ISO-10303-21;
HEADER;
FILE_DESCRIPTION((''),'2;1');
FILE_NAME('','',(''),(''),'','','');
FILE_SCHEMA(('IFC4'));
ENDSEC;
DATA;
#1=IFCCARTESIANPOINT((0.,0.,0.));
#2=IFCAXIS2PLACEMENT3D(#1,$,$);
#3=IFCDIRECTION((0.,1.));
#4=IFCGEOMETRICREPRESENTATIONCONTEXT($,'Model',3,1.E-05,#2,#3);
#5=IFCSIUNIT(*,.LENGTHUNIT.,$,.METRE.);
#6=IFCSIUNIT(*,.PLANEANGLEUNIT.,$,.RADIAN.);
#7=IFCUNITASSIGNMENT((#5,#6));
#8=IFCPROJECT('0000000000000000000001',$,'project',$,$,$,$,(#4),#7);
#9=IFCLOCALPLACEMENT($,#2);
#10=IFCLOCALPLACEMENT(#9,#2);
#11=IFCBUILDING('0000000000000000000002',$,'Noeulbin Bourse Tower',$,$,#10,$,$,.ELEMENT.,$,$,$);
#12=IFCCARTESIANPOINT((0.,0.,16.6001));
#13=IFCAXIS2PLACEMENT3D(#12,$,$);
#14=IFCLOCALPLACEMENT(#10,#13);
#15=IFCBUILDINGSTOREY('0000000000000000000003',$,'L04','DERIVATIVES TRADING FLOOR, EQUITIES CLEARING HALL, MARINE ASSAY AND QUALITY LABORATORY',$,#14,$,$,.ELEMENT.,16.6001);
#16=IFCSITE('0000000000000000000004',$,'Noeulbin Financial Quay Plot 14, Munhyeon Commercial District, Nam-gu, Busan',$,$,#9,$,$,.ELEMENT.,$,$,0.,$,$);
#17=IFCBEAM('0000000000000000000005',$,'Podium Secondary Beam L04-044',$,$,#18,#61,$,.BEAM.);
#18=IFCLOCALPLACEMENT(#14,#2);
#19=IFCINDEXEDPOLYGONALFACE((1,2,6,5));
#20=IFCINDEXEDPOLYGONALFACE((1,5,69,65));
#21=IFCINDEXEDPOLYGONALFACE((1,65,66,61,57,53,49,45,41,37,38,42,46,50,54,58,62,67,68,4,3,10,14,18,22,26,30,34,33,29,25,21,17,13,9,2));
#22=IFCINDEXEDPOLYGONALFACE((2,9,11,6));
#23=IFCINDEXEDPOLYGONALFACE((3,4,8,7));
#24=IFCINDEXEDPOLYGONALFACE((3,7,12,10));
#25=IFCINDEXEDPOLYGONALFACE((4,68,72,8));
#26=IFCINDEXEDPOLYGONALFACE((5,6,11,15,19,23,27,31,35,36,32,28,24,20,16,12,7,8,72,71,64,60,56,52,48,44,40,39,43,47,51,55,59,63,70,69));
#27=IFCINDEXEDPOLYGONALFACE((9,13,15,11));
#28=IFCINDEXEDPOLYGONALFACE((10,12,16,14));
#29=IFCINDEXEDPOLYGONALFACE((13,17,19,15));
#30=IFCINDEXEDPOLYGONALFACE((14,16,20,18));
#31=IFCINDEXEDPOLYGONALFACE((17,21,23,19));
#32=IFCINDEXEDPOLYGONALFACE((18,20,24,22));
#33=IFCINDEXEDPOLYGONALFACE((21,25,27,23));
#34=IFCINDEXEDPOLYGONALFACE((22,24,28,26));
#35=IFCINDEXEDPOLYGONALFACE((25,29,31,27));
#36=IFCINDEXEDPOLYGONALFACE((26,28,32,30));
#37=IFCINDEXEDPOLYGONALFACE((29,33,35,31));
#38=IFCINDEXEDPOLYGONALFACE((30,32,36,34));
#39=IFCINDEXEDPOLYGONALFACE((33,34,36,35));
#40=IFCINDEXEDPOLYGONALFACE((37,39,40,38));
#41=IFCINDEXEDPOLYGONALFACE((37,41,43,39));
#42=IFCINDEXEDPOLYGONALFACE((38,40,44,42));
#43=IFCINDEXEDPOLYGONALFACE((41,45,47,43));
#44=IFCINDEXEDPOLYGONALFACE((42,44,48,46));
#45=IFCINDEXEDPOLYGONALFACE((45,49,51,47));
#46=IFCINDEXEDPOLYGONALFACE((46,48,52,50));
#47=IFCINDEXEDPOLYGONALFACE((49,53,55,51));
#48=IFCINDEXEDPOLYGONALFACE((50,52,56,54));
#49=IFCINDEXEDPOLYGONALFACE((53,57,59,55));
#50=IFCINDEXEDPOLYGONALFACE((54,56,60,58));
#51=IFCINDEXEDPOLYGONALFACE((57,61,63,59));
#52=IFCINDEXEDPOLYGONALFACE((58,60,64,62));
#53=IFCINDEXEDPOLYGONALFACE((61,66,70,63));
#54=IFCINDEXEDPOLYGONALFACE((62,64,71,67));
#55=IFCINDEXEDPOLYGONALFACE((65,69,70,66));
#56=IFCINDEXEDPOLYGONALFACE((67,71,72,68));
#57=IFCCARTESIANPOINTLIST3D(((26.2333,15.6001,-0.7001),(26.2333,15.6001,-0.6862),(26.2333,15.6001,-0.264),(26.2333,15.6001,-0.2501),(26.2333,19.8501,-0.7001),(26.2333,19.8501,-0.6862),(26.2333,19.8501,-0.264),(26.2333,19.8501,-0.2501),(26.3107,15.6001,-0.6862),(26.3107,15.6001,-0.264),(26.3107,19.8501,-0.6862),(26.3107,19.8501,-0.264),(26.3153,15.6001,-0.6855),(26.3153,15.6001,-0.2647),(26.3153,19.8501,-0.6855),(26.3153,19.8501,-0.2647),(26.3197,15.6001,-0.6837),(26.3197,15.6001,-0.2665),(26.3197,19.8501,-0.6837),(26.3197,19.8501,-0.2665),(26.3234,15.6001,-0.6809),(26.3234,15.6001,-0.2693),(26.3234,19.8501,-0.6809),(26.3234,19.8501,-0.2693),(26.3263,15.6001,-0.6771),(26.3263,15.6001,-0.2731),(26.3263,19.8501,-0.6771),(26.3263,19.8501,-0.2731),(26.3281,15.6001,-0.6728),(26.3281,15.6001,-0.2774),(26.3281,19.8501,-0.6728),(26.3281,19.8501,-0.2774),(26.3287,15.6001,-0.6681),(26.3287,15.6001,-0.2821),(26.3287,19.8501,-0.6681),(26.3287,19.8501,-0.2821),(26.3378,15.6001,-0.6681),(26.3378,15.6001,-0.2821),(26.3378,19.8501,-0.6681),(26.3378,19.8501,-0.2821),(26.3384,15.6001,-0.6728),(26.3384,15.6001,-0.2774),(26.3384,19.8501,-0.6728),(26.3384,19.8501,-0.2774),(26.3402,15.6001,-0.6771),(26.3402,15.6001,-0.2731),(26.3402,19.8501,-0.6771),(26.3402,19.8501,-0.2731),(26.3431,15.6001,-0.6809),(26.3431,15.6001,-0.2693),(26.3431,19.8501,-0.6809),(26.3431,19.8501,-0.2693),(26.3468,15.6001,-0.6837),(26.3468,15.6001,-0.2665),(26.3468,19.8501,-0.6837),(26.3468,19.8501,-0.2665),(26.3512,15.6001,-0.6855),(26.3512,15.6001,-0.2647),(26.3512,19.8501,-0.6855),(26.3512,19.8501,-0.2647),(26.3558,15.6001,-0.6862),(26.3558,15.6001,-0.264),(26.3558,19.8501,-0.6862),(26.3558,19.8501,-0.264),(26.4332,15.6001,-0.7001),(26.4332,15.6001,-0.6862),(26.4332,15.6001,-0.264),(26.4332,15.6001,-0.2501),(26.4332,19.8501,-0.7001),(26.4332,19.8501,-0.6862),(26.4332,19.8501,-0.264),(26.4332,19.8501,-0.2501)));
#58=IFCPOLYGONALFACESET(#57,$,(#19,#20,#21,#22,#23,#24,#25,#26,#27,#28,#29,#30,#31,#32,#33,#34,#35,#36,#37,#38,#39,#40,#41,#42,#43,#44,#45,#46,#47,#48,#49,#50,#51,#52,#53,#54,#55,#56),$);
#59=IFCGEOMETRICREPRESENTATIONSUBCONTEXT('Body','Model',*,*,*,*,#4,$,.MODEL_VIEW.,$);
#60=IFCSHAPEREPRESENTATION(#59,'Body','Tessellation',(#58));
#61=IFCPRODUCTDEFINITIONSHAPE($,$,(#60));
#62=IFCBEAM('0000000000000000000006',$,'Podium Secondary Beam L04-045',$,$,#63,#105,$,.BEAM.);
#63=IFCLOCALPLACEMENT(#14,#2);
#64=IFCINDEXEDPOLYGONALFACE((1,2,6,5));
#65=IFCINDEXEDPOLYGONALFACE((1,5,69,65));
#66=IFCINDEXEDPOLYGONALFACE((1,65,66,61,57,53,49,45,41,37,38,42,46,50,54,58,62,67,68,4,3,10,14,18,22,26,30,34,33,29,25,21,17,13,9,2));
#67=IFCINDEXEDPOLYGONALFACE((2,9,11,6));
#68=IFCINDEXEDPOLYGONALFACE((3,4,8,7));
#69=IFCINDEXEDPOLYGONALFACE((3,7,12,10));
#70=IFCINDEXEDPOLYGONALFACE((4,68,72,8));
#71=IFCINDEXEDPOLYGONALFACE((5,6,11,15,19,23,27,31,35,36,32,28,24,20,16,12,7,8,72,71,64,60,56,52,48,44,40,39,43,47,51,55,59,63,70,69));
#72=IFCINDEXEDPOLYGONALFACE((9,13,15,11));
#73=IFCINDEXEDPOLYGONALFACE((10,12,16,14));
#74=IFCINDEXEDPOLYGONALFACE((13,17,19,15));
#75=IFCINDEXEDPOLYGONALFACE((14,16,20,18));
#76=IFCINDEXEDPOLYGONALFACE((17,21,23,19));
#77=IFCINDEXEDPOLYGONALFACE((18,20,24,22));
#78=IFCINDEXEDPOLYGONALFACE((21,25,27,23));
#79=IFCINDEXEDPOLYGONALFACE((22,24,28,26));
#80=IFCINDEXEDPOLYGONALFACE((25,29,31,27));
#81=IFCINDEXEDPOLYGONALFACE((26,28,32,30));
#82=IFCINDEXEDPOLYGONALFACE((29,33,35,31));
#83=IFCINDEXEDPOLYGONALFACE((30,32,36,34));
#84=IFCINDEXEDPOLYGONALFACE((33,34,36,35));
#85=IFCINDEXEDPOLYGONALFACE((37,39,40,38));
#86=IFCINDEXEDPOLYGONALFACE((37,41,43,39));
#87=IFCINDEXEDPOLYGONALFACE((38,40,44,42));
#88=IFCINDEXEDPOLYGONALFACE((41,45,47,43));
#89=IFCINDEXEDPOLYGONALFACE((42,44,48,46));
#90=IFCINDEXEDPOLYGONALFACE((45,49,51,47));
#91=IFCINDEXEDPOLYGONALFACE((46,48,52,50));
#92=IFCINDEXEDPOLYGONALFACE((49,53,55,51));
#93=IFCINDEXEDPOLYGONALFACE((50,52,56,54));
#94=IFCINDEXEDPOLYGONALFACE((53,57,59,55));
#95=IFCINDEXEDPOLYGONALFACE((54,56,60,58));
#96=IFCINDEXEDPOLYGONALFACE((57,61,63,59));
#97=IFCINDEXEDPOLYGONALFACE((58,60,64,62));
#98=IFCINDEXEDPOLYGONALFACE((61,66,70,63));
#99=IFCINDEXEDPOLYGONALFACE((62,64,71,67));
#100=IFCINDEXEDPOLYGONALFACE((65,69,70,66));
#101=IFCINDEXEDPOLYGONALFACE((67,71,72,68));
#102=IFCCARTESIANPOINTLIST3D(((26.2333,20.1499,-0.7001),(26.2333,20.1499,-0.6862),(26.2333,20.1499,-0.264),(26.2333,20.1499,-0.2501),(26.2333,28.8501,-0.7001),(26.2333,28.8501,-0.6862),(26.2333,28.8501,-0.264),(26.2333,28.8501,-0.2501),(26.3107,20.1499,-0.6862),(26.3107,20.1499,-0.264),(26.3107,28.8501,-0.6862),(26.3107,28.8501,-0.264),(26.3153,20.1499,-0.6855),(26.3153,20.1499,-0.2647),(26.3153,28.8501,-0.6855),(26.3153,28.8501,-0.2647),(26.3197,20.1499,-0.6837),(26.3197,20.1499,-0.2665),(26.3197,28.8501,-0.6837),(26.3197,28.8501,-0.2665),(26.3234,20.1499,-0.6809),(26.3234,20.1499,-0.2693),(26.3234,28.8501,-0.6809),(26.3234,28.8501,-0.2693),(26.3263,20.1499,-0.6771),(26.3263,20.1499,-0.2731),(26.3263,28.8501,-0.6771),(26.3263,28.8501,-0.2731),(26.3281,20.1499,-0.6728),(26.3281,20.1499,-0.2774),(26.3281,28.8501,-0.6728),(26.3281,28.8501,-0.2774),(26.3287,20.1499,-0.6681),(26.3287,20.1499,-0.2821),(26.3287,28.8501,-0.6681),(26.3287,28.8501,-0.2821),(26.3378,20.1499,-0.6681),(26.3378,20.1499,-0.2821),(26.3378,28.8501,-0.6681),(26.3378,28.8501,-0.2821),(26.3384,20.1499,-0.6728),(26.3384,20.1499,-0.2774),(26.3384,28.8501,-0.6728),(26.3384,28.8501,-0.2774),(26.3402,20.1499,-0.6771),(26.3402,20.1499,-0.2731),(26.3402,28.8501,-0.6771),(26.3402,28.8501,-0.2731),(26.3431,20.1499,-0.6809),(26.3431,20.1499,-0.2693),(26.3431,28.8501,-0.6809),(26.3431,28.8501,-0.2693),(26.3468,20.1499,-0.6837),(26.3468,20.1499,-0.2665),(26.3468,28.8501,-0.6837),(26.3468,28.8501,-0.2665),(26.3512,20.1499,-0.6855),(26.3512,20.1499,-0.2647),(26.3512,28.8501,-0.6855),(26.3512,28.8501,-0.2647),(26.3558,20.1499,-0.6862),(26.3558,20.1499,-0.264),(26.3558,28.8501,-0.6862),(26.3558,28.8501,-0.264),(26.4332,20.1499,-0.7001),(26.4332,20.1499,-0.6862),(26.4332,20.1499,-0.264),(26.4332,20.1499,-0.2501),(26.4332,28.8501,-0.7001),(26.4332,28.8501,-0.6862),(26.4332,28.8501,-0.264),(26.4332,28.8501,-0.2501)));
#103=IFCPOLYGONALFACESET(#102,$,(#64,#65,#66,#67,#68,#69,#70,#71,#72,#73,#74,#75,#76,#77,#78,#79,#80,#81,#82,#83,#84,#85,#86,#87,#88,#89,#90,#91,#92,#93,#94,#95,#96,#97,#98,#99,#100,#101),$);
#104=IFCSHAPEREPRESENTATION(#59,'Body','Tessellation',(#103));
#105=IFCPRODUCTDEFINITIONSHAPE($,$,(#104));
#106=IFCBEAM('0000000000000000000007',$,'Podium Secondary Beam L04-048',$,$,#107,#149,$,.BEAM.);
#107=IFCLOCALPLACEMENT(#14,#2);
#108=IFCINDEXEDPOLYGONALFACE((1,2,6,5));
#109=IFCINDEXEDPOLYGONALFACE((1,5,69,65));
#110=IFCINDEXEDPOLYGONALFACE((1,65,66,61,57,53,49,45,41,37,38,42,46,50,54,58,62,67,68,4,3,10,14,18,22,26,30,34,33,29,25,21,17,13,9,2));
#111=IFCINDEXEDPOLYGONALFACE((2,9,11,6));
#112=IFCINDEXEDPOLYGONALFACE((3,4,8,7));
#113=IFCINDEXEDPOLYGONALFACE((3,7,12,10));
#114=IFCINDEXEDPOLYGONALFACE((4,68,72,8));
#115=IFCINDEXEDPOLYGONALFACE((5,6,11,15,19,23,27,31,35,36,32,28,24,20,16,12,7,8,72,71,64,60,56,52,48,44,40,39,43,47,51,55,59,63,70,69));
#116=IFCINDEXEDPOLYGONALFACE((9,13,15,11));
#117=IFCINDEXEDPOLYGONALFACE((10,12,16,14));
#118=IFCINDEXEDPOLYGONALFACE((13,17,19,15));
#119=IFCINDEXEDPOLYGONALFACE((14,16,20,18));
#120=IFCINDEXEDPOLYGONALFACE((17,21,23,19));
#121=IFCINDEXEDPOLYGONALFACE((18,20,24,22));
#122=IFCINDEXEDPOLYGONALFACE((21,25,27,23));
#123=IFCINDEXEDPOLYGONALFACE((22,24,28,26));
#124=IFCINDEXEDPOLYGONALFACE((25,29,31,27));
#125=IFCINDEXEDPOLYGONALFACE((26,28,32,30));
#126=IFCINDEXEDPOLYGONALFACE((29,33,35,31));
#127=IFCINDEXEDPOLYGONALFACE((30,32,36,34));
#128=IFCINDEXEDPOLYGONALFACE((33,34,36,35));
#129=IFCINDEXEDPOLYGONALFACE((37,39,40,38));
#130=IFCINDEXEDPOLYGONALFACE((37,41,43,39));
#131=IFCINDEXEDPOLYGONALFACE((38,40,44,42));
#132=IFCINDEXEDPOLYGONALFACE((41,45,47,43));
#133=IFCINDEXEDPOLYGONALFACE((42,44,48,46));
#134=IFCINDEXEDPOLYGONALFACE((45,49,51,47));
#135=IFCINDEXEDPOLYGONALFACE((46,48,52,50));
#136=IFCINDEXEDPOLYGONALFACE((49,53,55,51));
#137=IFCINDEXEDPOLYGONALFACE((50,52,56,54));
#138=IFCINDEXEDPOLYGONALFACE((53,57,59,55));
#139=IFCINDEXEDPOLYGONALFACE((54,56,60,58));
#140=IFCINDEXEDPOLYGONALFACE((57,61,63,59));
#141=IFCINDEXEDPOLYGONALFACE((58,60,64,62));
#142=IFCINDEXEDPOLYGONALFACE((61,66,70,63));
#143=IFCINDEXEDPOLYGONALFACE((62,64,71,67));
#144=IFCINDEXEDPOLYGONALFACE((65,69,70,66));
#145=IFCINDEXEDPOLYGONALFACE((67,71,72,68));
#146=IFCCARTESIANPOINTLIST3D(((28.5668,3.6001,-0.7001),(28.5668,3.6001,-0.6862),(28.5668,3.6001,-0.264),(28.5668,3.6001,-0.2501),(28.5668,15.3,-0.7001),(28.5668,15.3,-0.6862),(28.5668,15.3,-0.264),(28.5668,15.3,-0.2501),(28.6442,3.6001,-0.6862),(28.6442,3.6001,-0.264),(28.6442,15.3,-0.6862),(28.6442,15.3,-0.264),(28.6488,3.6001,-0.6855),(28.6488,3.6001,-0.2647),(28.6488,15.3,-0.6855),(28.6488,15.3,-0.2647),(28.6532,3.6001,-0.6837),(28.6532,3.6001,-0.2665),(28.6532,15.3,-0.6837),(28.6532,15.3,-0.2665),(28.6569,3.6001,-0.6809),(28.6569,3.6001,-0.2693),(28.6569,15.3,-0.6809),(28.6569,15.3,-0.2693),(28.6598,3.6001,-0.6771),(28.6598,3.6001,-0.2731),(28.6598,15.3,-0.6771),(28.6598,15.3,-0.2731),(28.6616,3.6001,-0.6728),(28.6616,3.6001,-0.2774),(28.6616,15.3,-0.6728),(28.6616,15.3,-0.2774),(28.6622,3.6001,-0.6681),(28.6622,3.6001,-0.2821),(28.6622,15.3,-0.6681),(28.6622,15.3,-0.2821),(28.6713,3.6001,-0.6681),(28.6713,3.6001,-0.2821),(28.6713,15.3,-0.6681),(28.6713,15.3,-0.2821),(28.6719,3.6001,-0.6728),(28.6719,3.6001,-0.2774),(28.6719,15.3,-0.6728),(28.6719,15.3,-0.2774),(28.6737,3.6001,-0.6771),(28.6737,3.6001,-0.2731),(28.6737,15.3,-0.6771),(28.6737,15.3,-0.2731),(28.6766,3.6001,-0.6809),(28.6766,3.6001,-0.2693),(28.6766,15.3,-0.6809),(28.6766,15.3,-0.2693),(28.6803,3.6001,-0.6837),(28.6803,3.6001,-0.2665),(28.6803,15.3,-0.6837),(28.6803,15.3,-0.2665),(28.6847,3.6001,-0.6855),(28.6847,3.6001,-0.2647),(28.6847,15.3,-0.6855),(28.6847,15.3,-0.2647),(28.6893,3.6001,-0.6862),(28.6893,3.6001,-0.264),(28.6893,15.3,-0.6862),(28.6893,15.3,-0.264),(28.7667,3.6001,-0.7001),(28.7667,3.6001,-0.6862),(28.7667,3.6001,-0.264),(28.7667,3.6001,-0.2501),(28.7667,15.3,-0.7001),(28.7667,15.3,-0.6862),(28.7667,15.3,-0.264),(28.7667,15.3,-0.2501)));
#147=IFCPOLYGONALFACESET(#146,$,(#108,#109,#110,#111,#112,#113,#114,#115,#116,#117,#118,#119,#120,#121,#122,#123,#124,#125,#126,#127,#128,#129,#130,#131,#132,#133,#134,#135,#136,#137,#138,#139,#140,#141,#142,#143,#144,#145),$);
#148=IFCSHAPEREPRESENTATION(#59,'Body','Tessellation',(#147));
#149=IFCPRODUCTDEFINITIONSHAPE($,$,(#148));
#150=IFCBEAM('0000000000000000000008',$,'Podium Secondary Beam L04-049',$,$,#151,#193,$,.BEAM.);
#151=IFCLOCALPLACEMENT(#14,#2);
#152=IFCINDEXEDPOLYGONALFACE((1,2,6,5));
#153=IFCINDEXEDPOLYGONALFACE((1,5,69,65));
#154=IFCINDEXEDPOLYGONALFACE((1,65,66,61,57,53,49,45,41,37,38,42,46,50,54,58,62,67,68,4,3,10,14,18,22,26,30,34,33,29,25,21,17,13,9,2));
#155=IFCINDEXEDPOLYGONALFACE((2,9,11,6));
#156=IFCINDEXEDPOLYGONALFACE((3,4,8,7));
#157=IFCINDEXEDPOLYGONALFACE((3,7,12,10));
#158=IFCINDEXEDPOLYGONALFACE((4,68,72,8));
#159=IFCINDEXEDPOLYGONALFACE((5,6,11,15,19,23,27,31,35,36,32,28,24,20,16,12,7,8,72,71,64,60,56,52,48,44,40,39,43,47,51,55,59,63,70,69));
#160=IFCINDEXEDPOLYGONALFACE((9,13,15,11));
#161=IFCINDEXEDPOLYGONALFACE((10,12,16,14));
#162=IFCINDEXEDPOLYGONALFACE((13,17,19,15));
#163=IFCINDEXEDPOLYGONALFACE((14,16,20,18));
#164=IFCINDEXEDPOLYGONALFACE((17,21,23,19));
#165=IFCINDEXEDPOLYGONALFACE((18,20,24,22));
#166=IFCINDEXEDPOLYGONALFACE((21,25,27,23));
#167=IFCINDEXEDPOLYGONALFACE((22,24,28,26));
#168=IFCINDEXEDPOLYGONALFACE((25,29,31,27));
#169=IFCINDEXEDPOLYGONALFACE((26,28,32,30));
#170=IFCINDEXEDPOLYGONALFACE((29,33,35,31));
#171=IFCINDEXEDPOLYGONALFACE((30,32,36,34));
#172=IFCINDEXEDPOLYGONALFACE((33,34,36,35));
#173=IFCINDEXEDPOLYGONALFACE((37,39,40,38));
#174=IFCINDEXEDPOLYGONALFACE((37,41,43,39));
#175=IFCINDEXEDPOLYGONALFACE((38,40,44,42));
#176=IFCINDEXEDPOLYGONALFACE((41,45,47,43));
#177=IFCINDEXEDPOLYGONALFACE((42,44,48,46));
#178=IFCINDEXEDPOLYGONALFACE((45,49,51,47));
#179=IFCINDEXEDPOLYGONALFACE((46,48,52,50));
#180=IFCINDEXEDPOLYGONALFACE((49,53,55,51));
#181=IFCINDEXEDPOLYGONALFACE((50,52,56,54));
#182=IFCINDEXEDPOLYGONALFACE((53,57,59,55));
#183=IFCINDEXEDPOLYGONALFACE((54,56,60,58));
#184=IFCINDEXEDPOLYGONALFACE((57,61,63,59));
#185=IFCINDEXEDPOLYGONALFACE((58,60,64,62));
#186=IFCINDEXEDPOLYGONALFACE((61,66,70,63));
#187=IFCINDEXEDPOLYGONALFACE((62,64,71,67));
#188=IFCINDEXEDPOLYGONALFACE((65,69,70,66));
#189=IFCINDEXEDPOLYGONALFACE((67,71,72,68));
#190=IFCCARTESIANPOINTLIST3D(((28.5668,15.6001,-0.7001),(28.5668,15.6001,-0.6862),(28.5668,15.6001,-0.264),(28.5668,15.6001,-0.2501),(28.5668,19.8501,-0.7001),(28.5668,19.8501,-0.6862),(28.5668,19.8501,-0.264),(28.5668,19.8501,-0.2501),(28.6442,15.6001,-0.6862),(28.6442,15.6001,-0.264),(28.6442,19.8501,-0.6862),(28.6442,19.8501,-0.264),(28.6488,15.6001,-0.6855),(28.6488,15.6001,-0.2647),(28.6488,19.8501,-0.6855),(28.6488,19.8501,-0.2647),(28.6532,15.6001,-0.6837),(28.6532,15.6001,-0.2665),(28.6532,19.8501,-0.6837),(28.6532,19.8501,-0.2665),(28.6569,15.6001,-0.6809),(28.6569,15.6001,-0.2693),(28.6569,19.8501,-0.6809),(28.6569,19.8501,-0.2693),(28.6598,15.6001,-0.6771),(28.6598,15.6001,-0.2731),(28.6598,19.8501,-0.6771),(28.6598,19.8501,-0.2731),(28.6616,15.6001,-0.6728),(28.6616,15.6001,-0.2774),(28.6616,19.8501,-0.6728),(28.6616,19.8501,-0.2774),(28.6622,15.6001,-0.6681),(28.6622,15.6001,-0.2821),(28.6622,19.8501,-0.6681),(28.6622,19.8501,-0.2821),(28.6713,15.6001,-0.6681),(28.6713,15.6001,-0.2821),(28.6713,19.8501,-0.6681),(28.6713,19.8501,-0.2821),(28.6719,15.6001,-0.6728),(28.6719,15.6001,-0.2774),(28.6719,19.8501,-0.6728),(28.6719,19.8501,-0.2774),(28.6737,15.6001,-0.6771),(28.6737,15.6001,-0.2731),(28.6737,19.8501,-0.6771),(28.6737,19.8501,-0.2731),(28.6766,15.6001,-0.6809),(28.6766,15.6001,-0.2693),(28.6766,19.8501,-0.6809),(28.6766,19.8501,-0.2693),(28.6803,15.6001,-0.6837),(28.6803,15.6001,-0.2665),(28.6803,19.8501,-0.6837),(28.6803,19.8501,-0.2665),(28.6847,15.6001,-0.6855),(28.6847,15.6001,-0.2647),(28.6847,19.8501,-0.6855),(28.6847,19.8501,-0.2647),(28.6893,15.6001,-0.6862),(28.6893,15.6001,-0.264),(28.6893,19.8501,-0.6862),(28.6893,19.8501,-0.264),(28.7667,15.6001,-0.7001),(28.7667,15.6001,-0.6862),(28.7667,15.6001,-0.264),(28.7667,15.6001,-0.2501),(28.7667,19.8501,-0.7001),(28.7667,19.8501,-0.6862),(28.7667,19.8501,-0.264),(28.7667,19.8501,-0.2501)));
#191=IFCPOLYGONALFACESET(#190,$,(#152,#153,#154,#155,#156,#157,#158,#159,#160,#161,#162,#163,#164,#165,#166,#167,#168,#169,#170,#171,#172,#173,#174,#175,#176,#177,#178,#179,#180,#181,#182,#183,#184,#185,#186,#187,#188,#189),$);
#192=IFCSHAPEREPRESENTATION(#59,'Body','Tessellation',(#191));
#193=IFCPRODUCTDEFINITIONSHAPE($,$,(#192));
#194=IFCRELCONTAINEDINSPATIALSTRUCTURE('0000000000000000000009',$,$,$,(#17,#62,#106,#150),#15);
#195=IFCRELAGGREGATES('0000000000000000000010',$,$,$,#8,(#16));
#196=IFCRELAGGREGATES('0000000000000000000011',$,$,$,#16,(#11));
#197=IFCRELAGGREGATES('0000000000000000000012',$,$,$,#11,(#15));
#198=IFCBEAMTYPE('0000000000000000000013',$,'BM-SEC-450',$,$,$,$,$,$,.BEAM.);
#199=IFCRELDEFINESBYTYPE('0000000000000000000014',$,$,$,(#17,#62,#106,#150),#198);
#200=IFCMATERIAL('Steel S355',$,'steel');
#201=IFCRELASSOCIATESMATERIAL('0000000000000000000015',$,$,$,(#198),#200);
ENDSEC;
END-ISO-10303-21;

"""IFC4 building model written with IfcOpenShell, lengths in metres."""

from ifc_helpers import new_model, si_unit, direction, frame, origin, origin_2d, place, context, subcontext, project, spatial, i_section, extrude, material, material_profile, profile_set, type_object, element, save


model = new_model("IFC4")

# Units and contexts
model_context = context("Model", 3, precision=1e-05, world=origin(), true_north=direction((0.0, 1.0)))
body_context = subcontext(model_context, "Body", "Model", "MODEL_VIEW")
ifc_project = project(units=[si_unit("LENGTHUNIT", "METRE"), si_unit("PLANEANGLEUNIT", "RADIAN")], contexts=[model_context])

# Site, building, storey
site_placement = place(None, origin())
site = spatial("IfcSite", under=ifc_project, at=site_placement, Name="Noeulbin Financial Quay Plot 14, Munhyeon Commercial District, Nam-gu, Busan", CompositionType="ELEMENT", RefElevation=0.0)
building_placement = place(site_placement, origin())
building = spatial("IfcBuilding", under=site, at=building_placement, Name="Noeulbin Bourse Tower", CompositionType="ELEMENT")
storey_placement = place(building_placement, frame((0.0, 0.0, 16.6001)))
storey = spatial("IfcBuildingStorey", under=building, at=storey_placement, Name="L04", Description="DERIVATIVES TRADING FLOOR, EQUITIES CLEARING HALL, MARINE ASSAY AND QUALITY LABORATORY", CompositionType="ELEMENT", Elevation=16.6001)

# Beams
ifc_material_1 = material(Name="Steel S355", Category="steel")
ifc_material_profile_1 = material_profile(ifc_material_1, i_section(OverallWidth=0.2, OverallDepth=0.45, WebThickness=0.009, FlangeThickness=0.0139, FilletRadius=0.0181, at=origin_2d()), Name="H-450x200x9x14", Category="LoadBearing")
ifc_profile_set_1 = profile_set([ifc_material_profile_1], Name="Steel S355")
beam_type_1 = type_object("IfcBeamType", Name="BM-SEC-450", PredefinedType="BEAM", material=ifc_profile_set_1)
beam_1_placement = place(storey_placement, frame((26.3333, 15.6001, -0.4751), z_axis=(0.0, 1.0, 0.0), x_axis=(-1.0, 0.0, 0.0)))
element("IfcBeam", 1, at=beam_1_placement, inside=storey, type_object=beam_type_1, Name="Podium Secondary Beam L04-044", PredefinedType="BEAM", context=body_context, shape_type="SweptSolid", body=[
    extrude(i_section(OverallWidth=0.2, OverallDepth=0.45, WebThickness=0.009, FlangeThickness=0.0139, FilletRadius=0.0181, at=origin_2d()), origin(), (0.0, 0.0, 1.0), 4.25),
])
beam_2_placement = place(storey_placement, frame((26.3333, 20.1499, -0.4751), z_axis=(0.0, 1.0, 0.0), x_axis=(-1.0, 0.0, 0.0)))
element("IfcBeam", 2, at=beam_2_placement, inside=storey, type_object=beam_type_1, Name="Podium Secondary Beam L04-045", PredefinedType="BEAM", context=body_context, shape_type="SweptSolid", body=[
    extrude(i_section(OverallWidth=0.2, OverallDepth=0.45, WebThickness=0.009, FlangeThickness=0.0139, FilletRadius=0.0181, at=origin_2d()), origin(), (0.0, 0.0, 1.0), 8.7002),
])
beam_3_placement = place(storey_placement, frame((28.6667, 3.6001, -0.4751), z_axis=(0.0, 1.0, 0.0), x_axis=(-1.0, 0.0, 0.0)))
element("IfcBeam", 3, at=beam_3_placement, inside=storey, type_object=beam_type_1, Name="Podium Secondary Beam L04-048", PredefinedType="BEAM", context=body_context, shape_type="SweptSolid", body=[
    extrude(i_section(OverallWidth=0.2, OverallDepth=0.45, WebThickness=0.009, FlangeThickness=0.0139, FilletRadius=0.0181, at=origin_2d()), origin(), (0.0, 0.0, 1.0), 11.7),
])
beam_4_placement = place(storey_placement, frame((28.6667, 15.6001, -0.4751), z_axis=(0.0, 1.0, 0.0), x_axis=(-1.0, 0.0, 0.0)))
element("IfcBeam", 4, at=beam_4_placement, inside=storey, type_object=beam_type_1, Name="Podium Secondary Beam L04-049", PredefinedType="BEAM", context=body_context, shape_type="SweptSolid", body=[
    extrude(i_section(OverallWidth=0.2, OverallDepth=0.45, WebThickness=0.009, FlangeThickness=0.0139, FilletRadius=0.0181, at=origin_2d()), origin(), (0.0, 0.0, 1.0), 4.25),
])

save(model, "model.ifc")
